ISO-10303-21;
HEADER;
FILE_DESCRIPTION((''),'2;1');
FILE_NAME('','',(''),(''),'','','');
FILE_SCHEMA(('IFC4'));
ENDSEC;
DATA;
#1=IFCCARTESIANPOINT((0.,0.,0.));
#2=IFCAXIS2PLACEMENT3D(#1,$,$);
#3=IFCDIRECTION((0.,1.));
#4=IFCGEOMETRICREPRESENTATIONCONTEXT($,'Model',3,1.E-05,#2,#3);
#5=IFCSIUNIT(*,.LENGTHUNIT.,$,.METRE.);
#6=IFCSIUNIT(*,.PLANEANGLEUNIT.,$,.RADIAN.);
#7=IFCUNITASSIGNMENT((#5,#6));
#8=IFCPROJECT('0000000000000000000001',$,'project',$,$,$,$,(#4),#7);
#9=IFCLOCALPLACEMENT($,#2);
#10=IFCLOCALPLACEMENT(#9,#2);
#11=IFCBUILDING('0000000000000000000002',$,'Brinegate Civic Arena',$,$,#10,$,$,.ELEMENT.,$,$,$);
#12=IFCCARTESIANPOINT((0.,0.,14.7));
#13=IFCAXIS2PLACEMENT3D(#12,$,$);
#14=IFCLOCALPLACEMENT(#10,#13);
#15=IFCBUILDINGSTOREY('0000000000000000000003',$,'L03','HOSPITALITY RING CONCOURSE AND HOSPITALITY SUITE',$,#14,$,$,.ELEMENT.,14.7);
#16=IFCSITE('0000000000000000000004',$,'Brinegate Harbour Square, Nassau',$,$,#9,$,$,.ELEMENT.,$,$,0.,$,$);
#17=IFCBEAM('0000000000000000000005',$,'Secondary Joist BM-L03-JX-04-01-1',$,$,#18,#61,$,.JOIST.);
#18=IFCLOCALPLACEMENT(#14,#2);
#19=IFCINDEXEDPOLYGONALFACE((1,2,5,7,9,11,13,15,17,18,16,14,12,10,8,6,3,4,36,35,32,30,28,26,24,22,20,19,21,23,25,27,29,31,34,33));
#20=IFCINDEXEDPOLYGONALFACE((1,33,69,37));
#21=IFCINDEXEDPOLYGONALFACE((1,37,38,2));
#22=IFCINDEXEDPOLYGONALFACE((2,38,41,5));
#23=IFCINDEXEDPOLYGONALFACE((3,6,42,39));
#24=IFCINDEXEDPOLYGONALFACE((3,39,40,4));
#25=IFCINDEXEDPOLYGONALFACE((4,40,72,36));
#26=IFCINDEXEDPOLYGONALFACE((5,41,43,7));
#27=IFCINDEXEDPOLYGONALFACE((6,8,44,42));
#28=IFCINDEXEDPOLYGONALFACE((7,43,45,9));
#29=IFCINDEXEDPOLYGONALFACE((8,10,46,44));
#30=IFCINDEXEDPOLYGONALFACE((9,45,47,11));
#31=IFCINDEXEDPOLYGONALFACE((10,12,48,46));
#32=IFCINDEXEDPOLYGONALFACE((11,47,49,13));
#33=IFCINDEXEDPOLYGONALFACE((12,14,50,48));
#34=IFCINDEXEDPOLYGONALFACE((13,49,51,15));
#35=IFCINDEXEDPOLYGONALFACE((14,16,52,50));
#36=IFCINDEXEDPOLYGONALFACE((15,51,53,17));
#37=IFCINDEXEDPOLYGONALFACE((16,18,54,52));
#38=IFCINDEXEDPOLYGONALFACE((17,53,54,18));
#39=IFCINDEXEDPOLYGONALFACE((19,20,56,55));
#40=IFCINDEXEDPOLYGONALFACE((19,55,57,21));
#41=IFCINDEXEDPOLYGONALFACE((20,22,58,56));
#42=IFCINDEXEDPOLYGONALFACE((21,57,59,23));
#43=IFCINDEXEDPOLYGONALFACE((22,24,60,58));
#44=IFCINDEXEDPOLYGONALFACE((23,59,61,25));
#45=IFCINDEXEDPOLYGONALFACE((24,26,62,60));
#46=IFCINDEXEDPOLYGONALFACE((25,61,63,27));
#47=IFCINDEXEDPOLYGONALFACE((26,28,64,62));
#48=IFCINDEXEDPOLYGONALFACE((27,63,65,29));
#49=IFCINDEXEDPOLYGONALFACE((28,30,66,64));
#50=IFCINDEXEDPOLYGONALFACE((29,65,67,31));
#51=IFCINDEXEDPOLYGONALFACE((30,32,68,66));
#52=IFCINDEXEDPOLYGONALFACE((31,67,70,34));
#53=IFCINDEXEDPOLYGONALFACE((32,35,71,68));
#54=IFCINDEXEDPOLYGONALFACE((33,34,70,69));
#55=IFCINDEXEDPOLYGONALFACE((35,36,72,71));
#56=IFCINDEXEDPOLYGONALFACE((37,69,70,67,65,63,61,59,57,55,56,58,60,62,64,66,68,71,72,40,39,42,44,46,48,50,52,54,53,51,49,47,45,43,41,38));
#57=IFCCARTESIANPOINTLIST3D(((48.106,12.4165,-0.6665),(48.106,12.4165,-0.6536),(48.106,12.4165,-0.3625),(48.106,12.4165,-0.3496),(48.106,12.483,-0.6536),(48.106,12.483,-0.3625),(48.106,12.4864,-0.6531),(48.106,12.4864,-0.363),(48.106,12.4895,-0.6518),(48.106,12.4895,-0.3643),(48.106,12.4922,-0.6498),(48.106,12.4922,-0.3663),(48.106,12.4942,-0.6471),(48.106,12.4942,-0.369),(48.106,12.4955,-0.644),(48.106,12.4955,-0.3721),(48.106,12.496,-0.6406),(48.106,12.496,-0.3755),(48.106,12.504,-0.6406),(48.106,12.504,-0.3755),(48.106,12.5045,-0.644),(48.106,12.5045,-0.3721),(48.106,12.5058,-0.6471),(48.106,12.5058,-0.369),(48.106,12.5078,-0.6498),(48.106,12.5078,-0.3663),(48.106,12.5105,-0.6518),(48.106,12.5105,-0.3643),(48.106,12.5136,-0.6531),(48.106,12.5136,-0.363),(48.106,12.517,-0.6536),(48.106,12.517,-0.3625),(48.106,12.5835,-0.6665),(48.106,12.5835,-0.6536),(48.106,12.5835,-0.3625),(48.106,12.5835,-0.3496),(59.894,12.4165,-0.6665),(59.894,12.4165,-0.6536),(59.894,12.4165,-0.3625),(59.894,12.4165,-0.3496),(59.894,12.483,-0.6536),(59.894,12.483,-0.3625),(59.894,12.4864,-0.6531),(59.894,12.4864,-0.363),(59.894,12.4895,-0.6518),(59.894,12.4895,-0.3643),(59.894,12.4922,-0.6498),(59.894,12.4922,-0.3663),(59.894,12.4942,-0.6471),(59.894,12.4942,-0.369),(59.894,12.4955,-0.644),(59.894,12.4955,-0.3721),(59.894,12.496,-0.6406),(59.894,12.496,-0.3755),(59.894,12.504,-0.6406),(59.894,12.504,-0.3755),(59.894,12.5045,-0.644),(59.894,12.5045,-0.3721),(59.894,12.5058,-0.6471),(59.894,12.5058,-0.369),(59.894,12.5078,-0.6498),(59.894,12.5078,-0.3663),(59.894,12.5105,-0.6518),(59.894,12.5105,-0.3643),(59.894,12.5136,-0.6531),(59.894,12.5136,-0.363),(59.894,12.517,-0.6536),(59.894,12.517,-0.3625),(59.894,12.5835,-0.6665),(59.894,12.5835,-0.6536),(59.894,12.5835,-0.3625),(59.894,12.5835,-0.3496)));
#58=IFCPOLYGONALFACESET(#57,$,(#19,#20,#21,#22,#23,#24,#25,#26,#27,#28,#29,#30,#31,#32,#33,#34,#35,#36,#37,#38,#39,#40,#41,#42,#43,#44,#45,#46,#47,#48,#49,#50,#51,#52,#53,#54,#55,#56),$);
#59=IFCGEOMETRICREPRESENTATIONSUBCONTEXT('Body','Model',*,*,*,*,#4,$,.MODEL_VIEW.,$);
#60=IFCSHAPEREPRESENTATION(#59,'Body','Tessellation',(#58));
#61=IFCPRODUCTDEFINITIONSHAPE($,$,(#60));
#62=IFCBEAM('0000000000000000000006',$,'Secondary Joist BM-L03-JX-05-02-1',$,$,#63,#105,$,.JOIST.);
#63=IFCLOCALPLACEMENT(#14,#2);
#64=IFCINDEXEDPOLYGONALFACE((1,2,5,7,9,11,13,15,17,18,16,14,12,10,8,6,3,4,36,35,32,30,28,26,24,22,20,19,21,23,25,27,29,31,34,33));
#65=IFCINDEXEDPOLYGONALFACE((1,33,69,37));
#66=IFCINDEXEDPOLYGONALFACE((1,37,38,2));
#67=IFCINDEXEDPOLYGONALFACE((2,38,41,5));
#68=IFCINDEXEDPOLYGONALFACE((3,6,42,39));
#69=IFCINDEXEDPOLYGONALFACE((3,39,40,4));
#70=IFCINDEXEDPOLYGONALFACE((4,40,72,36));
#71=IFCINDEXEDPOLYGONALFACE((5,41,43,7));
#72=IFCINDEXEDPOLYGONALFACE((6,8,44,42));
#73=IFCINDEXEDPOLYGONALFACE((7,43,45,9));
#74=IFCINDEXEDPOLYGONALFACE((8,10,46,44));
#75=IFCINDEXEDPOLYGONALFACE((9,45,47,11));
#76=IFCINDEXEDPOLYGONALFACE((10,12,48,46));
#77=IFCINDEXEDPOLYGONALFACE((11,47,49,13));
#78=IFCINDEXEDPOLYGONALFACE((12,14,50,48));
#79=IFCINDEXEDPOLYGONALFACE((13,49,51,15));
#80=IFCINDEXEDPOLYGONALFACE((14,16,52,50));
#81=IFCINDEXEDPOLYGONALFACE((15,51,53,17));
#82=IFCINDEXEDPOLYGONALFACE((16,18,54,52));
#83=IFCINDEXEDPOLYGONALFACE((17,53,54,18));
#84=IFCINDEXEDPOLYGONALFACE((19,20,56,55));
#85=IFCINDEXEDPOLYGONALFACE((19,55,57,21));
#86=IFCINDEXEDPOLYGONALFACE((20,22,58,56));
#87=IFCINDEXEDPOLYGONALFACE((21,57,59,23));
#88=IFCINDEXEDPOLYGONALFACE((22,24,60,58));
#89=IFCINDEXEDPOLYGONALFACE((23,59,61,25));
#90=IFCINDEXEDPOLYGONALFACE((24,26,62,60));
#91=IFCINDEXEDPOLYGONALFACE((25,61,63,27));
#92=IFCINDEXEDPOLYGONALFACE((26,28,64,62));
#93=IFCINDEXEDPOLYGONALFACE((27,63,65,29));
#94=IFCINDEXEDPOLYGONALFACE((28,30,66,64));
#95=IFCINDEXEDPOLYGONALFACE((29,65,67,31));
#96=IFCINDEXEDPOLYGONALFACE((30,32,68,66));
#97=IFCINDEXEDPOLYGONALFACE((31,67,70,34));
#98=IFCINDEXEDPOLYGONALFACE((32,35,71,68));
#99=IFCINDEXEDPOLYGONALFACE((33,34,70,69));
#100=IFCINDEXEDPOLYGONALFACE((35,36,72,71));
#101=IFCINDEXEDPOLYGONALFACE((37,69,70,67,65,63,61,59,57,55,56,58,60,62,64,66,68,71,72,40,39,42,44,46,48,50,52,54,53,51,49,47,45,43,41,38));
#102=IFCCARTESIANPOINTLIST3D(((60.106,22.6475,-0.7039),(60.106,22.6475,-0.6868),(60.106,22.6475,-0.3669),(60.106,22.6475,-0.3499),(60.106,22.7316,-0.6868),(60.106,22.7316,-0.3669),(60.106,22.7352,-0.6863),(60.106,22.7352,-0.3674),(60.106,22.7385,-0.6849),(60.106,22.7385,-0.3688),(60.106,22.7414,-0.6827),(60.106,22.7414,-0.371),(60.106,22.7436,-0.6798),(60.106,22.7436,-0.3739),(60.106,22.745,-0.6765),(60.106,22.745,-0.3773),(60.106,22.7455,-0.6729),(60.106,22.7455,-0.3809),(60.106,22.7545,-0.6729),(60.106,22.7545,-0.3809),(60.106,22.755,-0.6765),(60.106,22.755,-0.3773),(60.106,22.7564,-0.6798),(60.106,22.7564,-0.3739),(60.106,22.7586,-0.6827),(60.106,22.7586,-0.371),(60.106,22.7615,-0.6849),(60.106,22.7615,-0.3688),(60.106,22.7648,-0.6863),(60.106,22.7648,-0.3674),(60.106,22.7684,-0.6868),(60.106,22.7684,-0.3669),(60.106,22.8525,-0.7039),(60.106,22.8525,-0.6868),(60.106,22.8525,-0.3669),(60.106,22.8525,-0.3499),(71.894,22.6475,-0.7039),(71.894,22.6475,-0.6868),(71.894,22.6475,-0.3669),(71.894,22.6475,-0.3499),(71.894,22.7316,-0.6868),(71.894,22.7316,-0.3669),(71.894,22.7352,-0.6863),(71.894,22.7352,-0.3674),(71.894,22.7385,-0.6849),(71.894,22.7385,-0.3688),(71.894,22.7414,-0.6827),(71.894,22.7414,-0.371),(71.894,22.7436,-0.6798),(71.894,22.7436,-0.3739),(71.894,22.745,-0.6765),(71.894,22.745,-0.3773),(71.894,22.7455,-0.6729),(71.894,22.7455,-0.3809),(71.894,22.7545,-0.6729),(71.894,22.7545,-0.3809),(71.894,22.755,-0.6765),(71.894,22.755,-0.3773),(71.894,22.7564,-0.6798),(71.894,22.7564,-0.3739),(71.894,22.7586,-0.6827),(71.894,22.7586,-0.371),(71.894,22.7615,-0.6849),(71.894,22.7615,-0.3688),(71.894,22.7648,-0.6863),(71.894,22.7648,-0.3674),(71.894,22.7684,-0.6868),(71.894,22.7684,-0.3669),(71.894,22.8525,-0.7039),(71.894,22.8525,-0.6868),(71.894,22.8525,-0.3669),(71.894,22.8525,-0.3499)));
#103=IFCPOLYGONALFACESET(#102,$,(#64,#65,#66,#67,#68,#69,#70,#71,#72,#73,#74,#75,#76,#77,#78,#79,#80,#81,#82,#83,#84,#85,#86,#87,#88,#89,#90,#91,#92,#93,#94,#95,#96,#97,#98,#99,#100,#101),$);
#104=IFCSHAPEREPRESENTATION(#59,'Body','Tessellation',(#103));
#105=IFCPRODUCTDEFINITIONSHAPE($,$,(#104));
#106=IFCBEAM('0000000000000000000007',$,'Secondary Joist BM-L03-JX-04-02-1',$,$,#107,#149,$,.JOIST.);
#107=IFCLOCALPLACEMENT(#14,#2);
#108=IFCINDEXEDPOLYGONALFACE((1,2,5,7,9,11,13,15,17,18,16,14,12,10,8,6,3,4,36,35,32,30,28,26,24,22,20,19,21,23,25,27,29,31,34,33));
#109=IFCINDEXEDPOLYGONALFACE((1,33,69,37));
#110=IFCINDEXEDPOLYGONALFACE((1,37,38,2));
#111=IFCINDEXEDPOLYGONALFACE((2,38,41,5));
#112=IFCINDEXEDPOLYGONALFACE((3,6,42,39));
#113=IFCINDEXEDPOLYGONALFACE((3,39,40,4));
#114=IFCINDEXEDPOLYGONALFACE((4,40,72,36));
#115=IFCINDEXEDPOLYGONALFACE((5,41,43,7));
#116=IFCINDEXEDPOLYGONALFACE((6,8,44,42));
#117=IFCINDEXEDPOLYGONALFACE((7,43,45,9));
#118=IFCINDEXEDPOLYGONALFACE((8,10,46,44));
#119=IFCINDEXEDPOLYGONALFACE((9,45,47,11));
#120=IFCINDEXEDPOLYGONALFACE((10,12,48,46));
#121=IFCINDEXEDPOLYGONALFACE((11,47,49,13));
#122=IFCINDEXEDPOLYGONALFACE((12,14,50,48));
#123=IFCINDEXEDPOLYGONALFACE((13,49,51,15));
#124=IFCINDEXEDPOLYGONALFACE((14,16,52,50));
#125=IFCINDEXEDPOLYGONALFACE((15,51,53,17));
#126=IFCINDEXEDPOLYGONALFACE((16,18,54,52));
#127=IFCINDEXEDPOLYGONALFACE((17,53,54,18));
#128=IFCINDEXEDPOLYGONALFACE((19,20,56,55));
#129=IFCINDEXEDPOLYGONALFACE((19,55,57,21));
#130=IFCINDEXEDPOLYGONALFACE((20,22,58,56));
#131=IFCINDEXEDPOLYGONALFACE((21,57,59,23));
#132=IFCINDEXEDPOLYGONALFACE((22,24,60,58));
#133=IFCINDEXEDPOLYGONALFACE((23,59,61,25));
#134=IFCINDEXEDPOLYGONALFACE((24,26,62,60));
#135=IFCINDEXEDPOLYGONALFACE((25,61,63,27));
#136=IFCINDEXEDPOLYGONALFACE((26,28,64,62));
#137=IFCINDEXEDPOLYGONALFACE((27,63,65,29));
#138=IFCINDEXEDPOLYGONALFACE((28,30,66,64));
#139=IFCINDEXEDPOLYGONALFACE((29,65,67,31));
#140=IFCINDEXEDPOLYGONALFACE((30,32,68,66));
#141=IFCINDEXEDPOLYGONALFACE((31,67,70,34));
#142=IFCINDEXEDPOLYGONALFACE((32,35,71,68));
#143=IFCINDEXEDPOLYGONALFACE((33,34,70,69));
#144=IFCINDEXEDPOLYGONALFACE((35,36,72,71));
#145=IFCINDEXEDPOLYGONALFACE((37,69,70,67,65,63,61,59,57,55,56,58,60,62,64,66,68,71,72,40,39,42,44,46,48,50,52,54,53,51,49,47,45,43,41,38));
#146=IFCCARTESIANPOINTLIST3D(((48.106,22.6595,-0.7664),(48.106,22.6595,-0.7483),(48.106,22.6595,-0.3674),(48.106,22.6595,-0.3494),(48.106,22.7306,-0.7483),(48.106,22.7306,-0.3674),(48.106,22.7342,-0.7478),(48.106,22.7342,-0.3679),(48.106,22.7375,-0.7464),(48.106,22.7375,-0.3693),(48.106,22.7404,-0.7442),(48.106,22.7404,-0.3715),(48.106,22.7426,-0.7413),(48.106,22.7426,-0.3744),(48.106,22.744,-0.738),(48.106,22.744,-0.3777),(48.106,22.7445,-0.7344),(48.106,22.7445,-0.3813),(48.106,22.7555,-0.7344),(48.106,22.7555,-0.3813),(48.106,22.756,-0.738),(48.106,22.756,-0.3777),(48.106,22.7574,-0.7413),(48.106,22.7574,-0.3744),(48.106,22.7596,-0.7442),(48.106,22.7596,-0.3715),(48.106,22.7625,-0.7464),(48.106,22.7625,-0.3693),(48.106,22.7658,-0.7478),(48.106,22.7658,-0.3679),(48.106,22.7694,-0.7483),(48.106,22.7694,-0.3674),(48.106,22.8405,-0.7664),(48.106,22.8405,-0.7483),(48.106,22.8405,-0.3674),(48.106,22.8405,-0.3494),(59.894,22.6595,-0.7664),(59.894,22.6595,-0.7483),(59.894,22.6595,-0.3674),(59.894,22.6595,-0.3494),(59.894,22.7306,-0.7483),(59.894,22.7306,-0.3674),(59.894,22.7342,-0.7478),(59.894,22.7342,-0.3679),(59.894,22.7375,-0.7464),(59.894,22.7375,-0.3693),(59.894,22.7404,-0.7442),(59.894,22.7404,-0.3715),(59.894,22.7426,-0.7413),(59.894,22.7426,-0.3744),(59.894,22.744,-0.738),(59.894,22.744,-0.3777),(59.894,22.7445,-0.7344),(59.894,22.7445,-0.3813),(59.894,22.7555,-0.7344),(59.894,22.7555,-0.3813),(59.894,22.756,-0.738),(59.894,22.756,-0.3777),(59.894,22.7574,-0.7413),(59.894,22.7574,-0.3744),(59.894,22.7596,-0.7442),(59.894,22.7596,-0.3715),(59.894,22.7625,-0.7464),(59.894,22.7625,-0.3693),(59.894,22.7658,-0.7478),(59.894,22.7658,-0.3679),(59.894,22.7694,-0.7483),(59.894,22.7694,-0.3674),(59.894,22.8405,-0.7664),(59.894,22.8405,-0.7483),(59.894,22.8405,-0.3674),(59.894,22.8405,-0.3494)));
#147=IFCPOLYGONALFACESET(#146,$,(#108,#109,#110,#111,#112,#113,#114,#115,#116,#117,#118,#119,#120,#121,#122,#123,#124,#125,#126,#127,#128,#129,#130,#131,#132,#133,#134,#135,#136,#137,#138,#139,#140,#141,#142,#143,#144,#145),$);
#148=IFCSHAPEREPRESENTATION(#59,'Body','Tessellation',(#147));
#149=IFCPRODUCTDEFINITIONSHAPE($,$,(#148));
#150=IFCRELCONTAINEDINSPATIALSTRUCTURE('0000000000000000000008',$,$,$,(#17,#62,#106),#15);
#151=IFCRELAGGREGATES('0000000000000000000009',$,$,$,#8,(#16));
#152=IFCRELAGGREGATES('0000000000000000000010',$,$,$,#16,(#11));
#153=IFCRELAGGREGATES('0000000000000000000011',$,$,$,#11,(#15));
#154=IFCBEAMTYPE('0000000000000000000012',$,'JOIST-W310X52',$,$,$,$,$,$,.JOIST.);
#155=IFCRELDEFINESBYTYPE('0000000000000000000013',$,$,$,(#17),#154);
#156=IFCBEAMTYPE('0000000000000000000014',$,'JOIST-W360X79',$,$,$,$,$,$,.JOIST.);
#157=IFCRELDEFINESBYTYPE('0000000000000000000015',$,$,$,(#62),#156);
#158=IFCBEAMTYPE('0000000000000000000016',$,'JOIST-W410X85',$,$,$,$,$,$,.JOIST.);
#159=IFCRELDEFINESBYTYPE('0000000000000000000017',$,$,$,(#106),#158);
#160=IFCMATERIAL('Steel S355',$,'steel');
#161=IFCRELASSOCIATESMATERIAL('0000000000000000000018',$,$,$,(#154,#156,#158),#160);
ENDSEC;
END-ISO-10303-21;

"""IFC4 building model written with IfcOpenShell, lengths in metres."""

from ifc_helpers import new_model, si_unit, direction, frame, origin, origin_2d, place, context, subcontext, project, spatial, i_section, extrude, material, material_profile, profile_set, type_object, element, save


model = new_model("IFC4")

# Units and contexts
model_context = context("Model", 3, precision=1e-05, world=origin(), true_north=direction((0.0, 1.0)))
body_context = subcontext(model_context, "Body", "Model", "MODEL_VIEW")
ifc_project = project(units=[si_unit("LENGTHUNIT", "METRE"), si_unit("PLANEANGLEUNIT", "RADIAN")], contexts=[model_context])

# Site, building, storey
site_placement = place(None, origin())
site = spatial("IfcSite", under=ifc_project, at=site_placement, Name="Brinegate Harbour Square, Nassau", CompositionType="ELEMENT", RefElevation=0.0)
building_placement = place(site_placement, origin())
building = spatial("IfcBuilding", under=site, at=building_placement, Name="Brinegate Civic Arena", CompositionType="ELEMENT")
storey_placement = place(building_placement, frame((0.0, 0.0, 14.7)))
storey = spatial("IfcBuildingStorey", under=building, at=storey_placement, Name="L03", Description="HOSPITALITY RING CONCOURSE AND HOSPITALITY SUITE", CompositionType="ELEMENT", Elevation=14.7)

# Beams
ifc_material_1 = material(Name="Steel S355", Category="steel")
ifc_material_profile_1 = material_profile(ifc_material_1, i_section(OverallWidth=0.167, OverallDepth=0.3169, WebThickness=0.0081, FlangeThickness=0.0129, FilletRadius=0.0129, at=origin_2d()), Name="W310X52")
ifc_profile_set_1 = profile_set([ifc_material_profile_1], Name="Steel S355")
beam_type_1 = type_object("IfcBeamType", Name="JOIST-W310X52", PredefinedType="JOIST", material=ifc_profile_set_1)
beam_1_placement = place(storey_placement, frame((48.106, 12.5, -0.5081), z_axis=(1.0, 0.0, 0.0), x_axis=(0.0, 1.0, 0.0)))
element("IfcBeam", 1, at=beam_1_placement, inside=storey, type_object=beam_type_1, Name="Secondary Joist BM-L03-JX-04-01-1", PredefinedType="JOIST", context=body_context, shape_type="SweptSolid", body=[
    extrude(i_section(OverallWidth=0.167, OverallDepth=0.3169, WebThickness=0.0081, FlangeThickness=0.0129, FilletRadius=0.0129, at=origin_2d()), origin(), (0.0, 0.0, 1.0), 11.7881),
])
ifc_material_profile_2 = material_profile(ifc_material_1, i_section(OverallWidth=0.2051, OverallDepth=0.354, WebThickness=0.009, FlangeThickness=0.0171, FilletRadius=0.0139, at=origin_2d()), Name="W360X79")
ifc_profile_set_2 = profile_set([ifc_material_profile_2], Name="Steel S355")
beam_type_2 = type_object("IfcBeamType", Name="JOIST-W360X79", PredefinedType="JOIST", material=ifc_profile_set_2)
beam_2_placement = place(storey_placement, frame((60.106, 22.75, -0.5269), z_axis=(1.0, 0.0, 0.0), x_axis=(0.0, 1.0, 0.0)))
element("IfcBeam", 2, at=beam_2_placement, inside=storey, type_object=beam_type_2, Name="Secondary Joist BM-L03-JX-05-02-1", PredefinedType="JOIST", context=body_context, shape_type="SweptSolid", body=[
    extrude(i_section(OverallWidth=0.2051, OverallDepth=0.354, WebThickness=0.009, FlangeThickness=0.0171, FilletRadius=0.0139, at=origin_2d()), origin(), (0.0, 0.0, 1.0), 11.7881),
])
ifc_material_profile_3 = material_profile(ifc_material_1, i_section(OverallWidth=0.1809, OverallDepth=0.417, WebThickness=0.011, FlangeThickness=0.0181, FilletRadius=0.0139, at=origin_2d()), Name="W410X85")
ifc_profile_set_3 = profile_set([ifc_material_profile_3], Name="Steel S355")
beam_type_3 = type_object("IfcBeamType", Name="JOIST-W410X85", PredefinedType="JOIST", material=ifc_profile_set_3)
beam_3_placement = place(storey_placement, frame((48.106, 22.75, -0.5579), z_axis=(1.0, 0.0, 0.0), x_axis=(0.0, 1.0, 0.0)))
element("IfcBeam", 3, at=beam_3_placement, inside=storey, type_object=beam_type_3, Name="Secondary Joist BM-L03-JX-04-02-1", PredefinedType="JOIST", context=body_context, shape_type="SweptSolid", body=[
    extrude(i_section(OverallWidth=0.1809, OverallDepth=0.417, WebThickness=0.011, FlangeThickness=0.0181, FilletRadius=0.0139, at=origin_2d()), origin(), (0.0, 0.0, 1.0), 11.7881),
])

save(model, "model.ifc")
